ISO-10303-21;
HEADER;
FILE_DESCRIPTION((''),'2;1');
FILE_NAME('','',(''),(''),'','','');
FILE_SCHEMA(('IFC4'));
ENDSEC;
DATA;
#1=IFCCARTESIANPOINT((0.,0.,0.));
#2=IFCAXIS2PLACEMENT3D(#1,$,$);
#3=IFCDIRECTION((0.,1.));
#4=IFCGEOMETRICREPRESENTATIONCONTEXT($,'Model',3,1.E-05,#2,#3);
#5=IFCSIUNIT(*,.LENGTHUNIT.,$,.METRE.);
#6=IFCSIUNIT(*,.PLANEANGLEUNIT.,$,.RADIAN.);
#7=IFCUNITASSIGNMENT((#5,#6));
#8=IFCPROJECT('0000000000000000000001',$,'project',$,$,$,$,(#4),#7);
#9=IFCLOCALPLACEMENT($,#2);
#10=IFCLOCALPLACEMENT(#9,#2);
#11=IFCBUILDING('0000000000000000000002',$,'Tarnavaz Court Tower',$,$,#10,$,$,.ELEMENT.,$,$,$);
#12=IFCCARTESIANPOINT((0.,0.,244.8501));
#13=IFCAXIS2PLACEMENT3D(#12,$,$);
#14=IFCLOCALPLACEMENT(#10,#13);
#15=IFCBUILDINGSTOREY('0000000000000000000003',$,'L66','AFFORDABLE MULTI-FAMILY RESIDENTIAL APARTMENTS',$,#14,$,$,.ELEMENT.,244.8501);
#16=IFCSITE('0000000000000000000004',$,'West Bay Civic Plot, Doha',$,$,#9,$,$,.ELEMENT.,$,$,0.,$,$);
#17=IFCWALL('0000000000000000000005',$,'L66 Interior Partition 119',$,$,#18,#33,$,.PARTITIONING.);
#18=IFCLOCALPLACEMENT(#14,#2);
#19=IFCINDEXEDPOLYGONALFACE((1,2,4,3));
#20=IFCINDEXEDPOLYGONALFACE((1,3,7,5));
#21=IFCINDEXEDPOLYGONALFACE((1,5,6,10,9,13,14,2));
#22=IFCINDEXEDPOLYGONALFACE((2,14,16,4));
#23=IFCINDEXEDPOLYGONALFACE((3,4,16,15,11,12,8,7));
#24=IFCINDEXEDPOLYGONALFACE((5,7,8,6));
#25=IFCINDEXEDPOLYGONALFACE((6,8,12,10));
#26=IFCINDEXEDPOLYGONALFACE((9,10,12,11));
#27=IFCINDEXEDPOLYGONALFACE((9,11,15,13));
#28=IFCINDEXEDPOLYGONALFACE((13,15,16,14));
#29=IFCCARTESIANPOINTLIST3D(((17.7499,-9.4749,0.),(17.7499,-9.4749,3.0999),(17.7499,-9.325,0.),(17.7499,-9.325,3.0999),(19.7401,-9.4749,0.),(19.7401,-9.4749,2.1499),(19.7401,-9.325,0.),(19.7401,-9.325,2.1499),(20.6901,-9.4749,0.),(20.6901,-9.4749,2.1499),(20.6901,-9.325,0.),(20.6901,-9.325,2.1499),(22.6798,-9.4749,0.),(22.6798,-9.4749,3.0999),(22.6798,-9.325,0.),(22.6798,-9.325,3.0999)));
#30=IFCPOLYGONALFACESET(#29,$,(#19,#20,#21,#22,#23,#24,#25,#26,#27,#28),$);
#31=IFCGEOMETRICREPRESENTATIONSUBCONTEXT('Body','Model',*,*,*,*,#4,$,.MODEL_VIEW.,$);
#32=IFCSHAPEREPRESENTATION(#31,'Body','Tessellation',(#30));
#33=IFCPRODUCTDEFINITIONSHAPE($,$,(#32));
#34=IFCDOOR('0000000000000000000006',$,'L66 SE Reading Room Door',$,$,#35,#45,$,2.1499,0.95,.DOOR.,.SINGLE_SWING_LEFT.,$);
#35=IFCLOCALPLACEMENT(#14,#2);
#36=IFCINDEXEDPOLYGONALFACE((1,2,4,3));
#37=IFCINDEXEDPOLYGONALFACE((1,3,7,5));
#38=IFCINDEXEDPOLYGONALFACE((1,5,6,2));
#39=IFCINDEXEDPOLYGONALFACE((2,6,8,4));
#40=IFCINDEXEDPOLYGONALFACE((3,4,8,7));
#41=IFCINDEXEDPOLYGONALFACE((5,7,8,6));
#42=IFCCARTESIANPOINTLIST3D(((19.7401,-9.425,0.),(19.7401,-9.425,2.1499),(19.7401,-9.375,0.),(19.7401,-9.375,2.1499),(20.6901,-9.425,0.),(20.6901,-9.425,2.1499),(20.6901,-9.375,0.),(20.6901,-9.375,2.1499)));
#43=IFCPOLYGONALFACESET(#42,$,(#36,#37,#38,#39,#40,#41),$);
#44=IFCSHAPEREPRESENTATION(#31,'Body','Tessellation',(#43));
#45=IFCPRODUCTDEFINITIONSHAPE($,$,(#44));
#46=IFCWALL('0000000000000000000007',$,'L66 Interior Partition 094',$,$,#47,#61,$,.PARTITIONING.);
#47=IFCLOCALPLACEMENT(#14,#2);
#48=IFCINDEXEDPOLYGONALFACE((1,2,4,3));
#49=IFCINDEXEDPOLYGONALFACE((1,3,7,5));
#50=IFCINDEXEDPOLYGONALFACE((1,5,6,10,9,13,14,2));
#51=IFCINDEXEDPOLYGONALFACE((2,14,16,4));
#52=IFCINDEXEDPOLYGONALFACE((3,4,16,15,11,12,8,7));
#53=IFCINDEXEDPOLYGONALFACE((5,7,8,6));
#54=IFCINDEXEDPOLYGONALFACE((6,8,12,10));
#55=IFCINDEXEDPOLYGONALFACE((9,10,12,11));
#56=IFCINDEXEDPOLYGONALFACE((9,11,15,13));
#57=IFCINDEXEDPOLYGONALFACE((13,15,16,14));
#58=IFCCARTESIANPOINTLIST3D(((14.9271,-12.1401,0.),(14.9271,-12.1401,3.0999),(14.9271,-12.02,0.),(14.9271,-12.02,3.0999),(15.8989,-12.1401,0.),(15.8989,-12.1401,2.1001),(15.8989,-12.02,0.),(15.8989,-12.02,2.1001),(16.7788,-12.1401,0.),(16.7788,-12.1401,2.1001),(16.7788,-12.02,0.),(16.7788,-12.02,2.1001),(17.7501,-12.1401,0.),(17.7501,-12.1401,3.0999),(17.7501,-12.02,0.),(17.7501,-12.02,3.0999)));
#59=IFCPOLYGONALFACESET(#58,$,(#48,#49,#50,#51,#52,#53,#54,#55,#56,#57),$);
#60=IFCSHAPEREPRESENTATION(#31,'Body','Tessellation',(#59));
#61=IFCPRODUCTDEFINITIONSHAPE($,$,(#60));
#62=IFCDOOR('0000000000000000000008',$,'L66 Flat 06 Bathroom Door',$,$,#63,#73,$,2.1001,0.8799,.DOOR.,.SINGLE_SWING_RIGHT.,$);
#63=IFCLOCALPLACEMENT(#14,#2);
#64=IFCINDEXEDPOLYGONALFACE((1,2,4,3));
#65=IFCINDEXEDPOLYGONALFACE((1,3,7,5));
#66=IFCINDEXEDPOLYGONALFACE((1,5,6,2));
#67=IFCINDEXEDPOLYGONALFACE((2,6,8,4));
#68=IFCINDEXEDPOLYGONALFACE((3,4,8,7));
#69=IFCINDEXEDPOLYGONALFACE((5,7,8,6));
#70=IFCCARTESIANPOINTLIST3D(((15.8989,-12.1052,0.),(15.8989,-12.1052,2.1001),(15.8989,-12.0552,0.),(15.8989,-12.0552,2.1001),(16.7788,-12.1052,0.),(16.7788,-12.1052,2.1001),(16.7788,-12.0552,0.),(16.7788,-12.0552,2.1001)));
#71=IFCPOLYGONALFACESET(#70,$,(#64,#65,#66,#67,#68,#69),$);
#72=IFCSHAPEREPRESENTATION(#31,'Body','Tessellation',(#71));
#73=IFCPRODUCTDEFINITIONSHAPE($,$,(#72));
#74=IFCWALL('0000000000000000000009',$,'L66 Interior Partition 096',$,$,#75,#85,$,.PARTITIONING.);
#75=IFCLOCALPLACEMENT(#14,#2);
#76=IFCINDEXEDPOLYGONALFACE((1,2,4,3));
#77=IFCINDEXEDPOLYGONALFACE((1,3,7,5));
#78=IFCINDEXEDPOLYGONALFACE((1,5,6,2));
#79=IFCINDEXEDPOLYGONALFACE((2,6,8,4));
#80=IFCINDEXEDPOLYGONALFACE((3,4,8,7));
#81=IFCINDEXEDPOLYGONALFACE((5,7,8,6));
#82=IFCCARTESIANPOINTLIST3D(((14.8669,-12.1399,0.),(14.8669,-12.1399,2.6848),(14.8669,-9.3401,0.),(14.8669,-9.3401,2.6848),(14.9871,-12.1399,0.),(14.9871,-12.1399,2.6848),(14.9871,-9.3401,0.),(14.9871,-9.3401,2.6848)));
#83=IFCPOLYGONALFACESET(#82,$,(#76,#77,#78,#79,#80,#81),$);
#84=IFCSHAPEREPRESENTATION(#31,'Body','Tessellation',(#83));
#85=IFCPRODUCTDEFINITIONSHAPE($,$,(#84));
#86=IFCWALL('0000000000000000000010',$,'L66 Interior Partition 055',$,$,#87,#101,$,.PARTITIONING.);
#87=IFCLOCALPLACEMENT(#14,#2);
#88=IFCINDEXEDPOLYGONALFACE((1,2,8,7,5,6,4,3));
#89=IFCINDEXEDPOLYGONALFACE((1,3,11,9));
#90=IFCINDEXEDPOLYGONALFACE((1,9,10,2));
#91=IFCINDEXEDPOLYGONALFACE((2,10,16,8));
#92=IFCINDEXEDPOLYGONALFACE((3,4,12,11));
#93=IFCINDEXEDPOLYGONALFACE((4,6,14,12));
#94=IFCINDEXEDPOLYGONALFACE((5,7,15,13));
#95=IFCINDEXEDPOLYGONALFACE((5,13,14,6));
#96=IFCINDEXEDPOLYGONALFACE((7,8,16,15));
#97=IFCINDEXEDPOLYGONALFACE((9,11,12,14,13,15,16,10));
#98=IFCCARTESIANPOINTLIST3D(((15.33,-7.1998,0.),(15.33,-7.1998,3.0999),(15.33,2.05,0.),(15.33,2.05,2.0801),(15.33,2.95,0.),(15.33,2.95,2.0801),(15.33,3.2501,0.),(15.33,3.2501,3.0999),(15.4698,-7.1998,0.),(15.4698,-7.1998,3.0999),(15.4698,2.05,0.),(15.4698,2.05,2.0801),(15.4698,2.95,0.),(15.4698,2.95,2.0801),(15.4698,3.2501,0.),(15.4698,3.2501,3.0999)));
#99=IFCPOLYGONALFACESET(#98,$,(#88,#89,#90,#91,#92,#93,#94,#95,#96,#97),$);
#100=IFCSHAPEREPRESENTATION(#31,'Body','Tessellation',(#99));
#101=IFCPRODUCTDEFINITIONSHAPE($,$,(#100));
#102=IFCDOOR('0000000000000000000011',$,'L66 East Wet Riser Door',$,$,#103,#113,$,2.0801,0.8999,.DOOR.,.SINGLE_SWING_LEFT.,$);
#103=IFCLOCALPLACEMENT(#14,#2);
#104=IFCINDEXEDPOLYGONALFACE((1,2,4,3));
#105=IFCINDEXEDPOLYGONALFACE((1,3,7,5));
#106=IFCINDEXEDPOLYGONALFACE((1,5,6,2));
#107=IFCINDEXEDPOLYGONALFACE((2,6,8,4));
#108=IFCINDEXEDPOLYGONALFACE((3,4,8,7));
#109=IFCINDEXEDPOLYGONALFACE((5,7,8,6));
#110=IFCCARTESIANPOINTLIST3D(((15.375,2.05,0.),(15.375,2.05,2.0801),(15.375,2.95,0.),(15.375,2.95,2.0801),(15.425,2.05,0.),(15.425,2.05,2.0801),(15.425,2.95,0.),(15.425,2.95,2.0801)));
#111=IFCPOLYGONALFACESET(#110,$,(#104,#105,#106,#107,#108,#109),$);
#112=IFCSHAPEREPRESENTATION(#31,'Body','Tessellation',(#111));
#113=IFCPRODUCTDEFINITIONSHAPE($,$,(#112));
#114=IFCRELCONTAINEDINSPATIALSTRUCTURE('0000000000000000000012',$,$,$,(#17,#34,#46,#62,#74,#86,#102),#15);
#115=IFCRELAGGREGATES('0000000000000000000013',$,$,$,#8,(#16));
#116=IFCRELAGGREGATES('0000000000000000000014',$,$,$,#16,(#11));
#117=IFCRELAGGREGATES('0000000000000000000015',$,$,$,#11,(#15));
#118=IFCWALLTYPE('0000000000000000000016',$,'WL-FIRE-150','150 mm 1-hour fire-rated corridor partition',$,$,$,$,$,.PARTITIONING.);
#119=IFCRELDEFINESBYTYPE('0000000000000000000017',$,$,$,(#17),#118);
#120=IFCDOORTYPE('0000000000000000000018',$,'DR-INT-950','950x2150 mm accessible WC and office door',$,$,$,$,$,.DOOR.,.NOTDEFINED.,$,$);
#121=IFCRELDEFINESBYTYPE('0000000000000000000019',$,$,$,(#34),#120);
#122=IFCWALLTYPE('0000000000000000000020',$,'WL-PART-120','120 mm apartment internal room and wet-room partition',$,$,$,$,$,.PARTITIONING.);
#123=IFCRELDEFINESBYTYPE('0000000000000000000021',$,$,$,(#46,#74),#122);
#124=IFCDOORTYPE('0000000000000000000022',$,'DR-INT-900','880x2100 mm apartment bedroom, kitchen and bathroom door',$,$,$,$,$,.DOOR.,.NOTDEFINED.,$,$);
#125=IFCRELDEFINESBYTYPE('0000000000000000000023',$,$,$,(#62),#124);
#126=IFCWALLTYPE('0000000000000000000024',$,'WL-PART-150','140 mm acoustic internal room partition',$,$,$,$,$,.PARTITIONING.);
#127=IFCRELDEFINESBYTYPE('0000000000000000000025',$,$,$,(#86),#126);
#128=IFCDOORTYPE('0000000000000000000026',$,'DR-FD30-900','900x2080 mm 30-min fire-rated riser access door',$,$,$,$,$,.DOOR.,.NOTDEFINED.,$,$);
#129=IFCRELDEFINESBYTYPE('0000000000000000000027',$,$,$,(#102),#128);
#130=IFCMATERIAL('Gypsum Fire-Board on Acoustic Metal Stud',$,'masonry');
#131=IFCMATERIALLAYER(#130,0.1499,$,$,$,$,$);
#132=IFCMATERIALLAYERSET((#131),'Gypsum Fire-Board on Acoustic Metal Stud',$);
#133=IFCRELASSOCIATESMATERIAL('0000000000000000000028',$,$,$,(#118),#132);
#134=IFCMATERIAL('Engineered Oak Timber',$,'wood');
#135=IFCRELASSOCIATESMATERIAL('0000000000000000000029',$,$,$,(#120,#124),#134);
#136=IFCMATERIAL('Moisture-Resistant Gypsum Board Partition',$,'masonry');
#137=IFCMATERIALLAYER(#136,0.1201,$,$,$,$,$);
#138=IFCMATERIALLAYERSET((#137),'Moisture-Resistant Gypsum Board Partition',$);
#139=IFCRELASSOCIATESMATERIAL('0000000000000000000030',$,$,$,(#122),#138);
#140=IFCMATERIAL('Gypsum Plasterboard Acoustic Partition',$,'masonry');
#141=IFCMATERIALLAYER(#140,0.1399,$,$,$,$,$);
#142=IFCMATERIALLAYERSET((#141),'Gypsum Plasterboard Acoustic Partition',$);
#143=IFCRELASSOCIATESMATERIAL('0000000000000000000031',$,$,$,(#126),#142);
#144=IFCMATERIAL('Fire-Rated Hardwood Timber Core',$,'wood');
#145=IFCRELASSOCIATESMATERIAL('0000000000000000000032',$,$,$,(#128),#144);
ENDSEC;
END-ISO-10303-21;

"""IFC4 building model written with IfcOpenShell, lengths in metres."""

from ifc_helpers import new_model, si_unit, direction, frame, frame_2d, origin, place, context, subcontext, project, spatial, rectangle, extrude, material, layer, layer_set, type_object, element, fill, save


model = new_model("IFC4")

# Units and contexts
model_context = context("Model", 3, precision=1e-05, world=origin(), true_north=direction((0.0, 1.0)))
body_context = subcontext(model_context, "Body", "Model", "MODEL_VIEW")
ifc_project = project(units=[si_unit("LENGTHUNIT", "METRE"), si_unit("PLANEANGLEUNIT", "RADIAN")], contexts=[model_context])

# Site, building, storey
site_placement = place(None, origin())
site = spatial("IfcSite", under=ifc_project, at=site_placement, Name="West Bay Civic Plot, Doha", CompositionType="ELEMENT", RefElevation=0.0)
building_placement = place(site_placement, origin())
building = spatial("IfcBuilding", under=site, at=building_placement, Name="Tarnavaz Court Tower", CompositionType="ELEMENT")
storey_placement = place(building_placement, frame((0.0, 0.0, 244.8501)))
storey = spatial("IfcBuildingStorey", under=building, at=storey_placement, Name="L66", Description="AFFORDABLE MULTI-FAMILY RESIDENTIAL APARTMENTS", CompositionType="ELEMENT", Elevation=244.8501)

# Walls, openings, doors
ifc_material_1 = material(Name="Gypsum Fire-Board on Acoustic Metal Stud", Category="masonry")
ifc_layer_1 = layer(ifc_material_1, 0.1499)
ifc_layer_set_1 = layer_set([ifc_layer_1], Name="Gypsum Fire-Board on Acoustic Metal Stud")
wall_type_1 = type_object("IfcWallType", Name="WL-FIRE-150", Description="150 mm 1-hour fire-rated corridor partition", PredefinedType="PARTITIONING", material=ifc_layer_set_1)
ifc_material_2 = material(Name="Fire-Rated Hardwood Timber Core", Category="wood")
wall_1_placement = place(storey_placement, frame((17.75, -9.3999, 0.0), z_axis=(0.0, 0.0, 1.0), x_axis=(1.0, 0.0, 0.0)))
wall_1 = element("IfcWall", 1, at=wall_1_placement, inside=storey, type_object=wall_type_1, Name="L66 Interior Partition 119", PredefinedType="PARTITIONING", context=body_context, shape_type="SweptSolid", body=[
    extrude(rectangle(XDim=4.9299, YDim=0.1499, at=frame_2d((2.4648, 0.0))), origin(), (0.0, 0.0, 1.0), 3.0999),
])
opening_1_placement = place(wall_1_placement, frame((1.99, 0.0, 0.0)))
opening_1 = element("IfcOpeningElement", 2, at=opening_1_placement, cuts=wall_1, PredefinedType="OPENING", context=body_context, shape_type="SweptSolid", body=[
    extrude(rectangle(XDim=0.95, YDim=2.1499, at=frame_2d((0.4751, 1.075))), frame((0.0, 0.085, 0.0), z_axis=(0.0, -1.0, 0.0), x_axis=(1.0, 0.0, 0.0)), (0.0, 0.0, 1.0), 0.1699),
])
ifc_material_3 = material(Name="Engineered Oak Timber", Category="wood")
door_type_1 = type_object("IfcDoorType", Name="DR-INT-950", Description="950x2150 mm accessible WC and office door", OperationType="NOTDEFINED", PredefinedType="DOOR", material=ifc_material_3)
door_1_placement = place(opening_1_placement, origin())
door_1 = element("IfcDoor", 3, at=door_1_placement, inside=storey, type_object=door_type_1, Name="L66 SE Reading Room Door", OperationType="SINGLE_SWING_LEFT", OverallHeight=2.1499, OverallWidth=0.95, PredefinedType="DOOR", context=body_context, shape_type="SweptSolid", body=[
    extrude(rectangle(XDim=0.95, YDim=2.1499, at=frame_2d((0.4751, 1.075))), frame((0.0, 0.0249, 0.0), z_axis=(0.0, -1.0, 0.0), x_axis=(1.0, 0.0, 0.0)), (0.0, 0.0, 1.0), 0.05),
])
fill(opening_1, door_1)
ifc_material_4 = material(Name="Moisture-Resistant Gypsum Board Partition", Category="masonry")
ifc_layer_2 = layer(ifc_material_4, 0.1201)
ifc_layer_set_2 = layer_set([ifc_layer_2], Name="Moisture-Resistant Gypsum Board Partition")
wall_type_2 = type_object("IfcWallType", Name="WL-PART-120", Description="120 mm apartment internal room and wet-room partition", PredefinedType="PARTITIONING", material=ifc_layer_set_2)
wall_2_placement = place(storey_placement, frame((14.927, -12.0801, 0.0), z_axis=(0.0, 0.0, 1.0), x_axis=(1.0, 0.0, 0.0)))
wall_2 = element("IfcWall", 4, at=wall_2_placement, inside=storey, type_object=wall_type_2, Name="L66 Interior Partition 094", PredefinedType="PARTITIONING", context=body_context, shape_type="SweptSolid", body=[
    extrude(rectangle(XDim=2.823, YDim=0.1201, at=frame_2d((1.4116, 0.0))), origin(), (0.0, 0.0, 1.0), 3.0999),
])
opening_2_placement = place(wall_2_placement, frame((0.9719, 0.0, 0.0)))
opening_2 = element("IfcOpeningElement", 5, at=opening_2_placement, cuts=wall_2, PredefinedType="OPENING", context=body_context, shape_type="SweptSolid", body=[
    extrude(rectangle(XDim=0.8799, YDim=2.1001, at=frame_2d((0.4399, 1.05))), frame((0.0, 0.0701, 0.0), z_axis=(0.0, -1.0, 0.0), x_axis=(1.0, 0.0, 0.0)), (0.0, 0.0, 1.0), 0.1401),
])
door_type_2 = type_object("IfcDoorType", Name="DR-INT-900", Description="880x2100 mm apartment bedroom, kitchen and bathroom door", OperationType="NOTDEFINED", PredefinedType="DOOR", material=ifc_material_3)
door_2_placement = place(opening_2_placement, origin())
door_2 = element("IfcDoor", 6, at=door_2_placement, inside=storey, type_object=door_type_2, Name="L66 Flat 06 Bathroom Door", OperationType="SINGLE_SWING_RIGHT", OverallHeight=2.1001, OverallWidth=0.8799, PredefinedType="DOOR", context=body_context, shape_type="SweptSolid", body=[
    extrude(rectangle(XDim=0.8799, YDim=2.1001, at=frame_2d((0.4399, 1.05))), frame((0.0, 0.0249, 0.0), z_axis=(0.0, -1.0, 0.0), x_axis=(1.0, 0.0, 0.0)), (0.0, 0.0, 1.0), 0.05),
])
fill(opening_2, door_2)

# Wall
wall_3_placement = place(storey_placement, frame((14.927, -12.1399, 0.0), z_axis=(0.0, 0.0, 1.0), x_axis=(0.0, 1.0, 0.0)))
element("IfcWall", 7, at=wall_3_placement, inside=storey, type_object=wall_type_2, Name="L66 Interior Partition 096", PredefinedType="PARTITIONING", context=body_context, shape_type="SweptSolid", body=[
    extrude(rectangle(XDim=2.7998, YDim=0.1201, at=frame_2d((1.3999, 0.0))), origin(), (0.0, 0.0, 1.0), 2.6848),
])

# Wall, opening, door
ifc_material_5 = material(Name="Gypsum Plasterboard Acoustic Partition", Category="masonry")
ifc_layer_3 = layer(ifc_material_5, 0.1399)
ifc_layer_set_3 = layer_set([ifc_layer_3], Name="Gypsum Plasterboard Acoustic Partition")
wall_type_3 = type_object("IfcWallType", Name="WL-PART-150", Description="140 mm acoustic internal room partition", PredefinedType="PARTITIONING", material=ifc_layer_set_3)
wall_4_placement = place(storey_placement, frame((15.3999, -7.2, 0.0), z_axis=(0.0, 0.0, 1.0), x_axis=(0.0, 1.0, 0.0)))
wall_4 = element("IfcWall", 8, at=wall_4_placement, inside=storey, type_object=wall_type_3, Name="L66 Interior Partition 055", PredefinedType="PARTITIONING", context=body_context, shape_type="SweptSolid", body=[
    extrude(rectangle(XDim=10.45, YDim=0.1399, at=frame_2d((5.2251, 0.0))), origin(), (0.0, 0.0, 1.0), 3.0999),
])
opening_3_placement = place(wall_4_placement, frame((9.25, 0.0, 0.0)))
opening_3 = element("IfcOpeningElement", 9, at=opening_3_placement, cuts=wall_4, PredefinedType="OPENING", context=body_context, shape_type="SweptSolid", body=[
    extrude(rectangle(XDim=0.8999, YDim=2.0801, at=frame_2d((0.45, 1.04))), frame((0.0, 0.0798, 0.0), z_axis=(0.0, -1.0, 0.0), x_axis=(1.0, 0.0, 0.0)), (0.0, 0.0, 1.0), 0.1599),
])
door_type_3 = type_object("IfcDoorType", Name="DR-FD30-900", Description="900x2080 mm 30-min fire-rated riser access door", OperationType="NOTDEFINED", PredefinedType="DOOR", material=ifc_material_2)
door_3_placement = place(opening_3_placement, origin())
door_3 = element("IfcDoor", 10, at=door_3_placement, inside=storey, type_object=door_type_3, Name="L66 East Wet Riser Door", OperationType="SINGLE_SWING_LEFT", OverallHeight=2.0801, OverallWidth=0.8999, PredefinedType="DOOR", context=body_context, shape_type="SweptSolid", body=[
    extrude(rectangle(XDim=0.8999, YDim=2.0801, at=frame_2d((0.45, 1.04))), frame((0.0, 0.0249, 0.0), z_axis=(0.0, -1.0, 0.0), x_axis=(1.0, 0.0, 0.0)), (0.0, 0.0, 1.0), 0.05),
])
fill(opening_3, door_3)

save(model, "model.ifc")
